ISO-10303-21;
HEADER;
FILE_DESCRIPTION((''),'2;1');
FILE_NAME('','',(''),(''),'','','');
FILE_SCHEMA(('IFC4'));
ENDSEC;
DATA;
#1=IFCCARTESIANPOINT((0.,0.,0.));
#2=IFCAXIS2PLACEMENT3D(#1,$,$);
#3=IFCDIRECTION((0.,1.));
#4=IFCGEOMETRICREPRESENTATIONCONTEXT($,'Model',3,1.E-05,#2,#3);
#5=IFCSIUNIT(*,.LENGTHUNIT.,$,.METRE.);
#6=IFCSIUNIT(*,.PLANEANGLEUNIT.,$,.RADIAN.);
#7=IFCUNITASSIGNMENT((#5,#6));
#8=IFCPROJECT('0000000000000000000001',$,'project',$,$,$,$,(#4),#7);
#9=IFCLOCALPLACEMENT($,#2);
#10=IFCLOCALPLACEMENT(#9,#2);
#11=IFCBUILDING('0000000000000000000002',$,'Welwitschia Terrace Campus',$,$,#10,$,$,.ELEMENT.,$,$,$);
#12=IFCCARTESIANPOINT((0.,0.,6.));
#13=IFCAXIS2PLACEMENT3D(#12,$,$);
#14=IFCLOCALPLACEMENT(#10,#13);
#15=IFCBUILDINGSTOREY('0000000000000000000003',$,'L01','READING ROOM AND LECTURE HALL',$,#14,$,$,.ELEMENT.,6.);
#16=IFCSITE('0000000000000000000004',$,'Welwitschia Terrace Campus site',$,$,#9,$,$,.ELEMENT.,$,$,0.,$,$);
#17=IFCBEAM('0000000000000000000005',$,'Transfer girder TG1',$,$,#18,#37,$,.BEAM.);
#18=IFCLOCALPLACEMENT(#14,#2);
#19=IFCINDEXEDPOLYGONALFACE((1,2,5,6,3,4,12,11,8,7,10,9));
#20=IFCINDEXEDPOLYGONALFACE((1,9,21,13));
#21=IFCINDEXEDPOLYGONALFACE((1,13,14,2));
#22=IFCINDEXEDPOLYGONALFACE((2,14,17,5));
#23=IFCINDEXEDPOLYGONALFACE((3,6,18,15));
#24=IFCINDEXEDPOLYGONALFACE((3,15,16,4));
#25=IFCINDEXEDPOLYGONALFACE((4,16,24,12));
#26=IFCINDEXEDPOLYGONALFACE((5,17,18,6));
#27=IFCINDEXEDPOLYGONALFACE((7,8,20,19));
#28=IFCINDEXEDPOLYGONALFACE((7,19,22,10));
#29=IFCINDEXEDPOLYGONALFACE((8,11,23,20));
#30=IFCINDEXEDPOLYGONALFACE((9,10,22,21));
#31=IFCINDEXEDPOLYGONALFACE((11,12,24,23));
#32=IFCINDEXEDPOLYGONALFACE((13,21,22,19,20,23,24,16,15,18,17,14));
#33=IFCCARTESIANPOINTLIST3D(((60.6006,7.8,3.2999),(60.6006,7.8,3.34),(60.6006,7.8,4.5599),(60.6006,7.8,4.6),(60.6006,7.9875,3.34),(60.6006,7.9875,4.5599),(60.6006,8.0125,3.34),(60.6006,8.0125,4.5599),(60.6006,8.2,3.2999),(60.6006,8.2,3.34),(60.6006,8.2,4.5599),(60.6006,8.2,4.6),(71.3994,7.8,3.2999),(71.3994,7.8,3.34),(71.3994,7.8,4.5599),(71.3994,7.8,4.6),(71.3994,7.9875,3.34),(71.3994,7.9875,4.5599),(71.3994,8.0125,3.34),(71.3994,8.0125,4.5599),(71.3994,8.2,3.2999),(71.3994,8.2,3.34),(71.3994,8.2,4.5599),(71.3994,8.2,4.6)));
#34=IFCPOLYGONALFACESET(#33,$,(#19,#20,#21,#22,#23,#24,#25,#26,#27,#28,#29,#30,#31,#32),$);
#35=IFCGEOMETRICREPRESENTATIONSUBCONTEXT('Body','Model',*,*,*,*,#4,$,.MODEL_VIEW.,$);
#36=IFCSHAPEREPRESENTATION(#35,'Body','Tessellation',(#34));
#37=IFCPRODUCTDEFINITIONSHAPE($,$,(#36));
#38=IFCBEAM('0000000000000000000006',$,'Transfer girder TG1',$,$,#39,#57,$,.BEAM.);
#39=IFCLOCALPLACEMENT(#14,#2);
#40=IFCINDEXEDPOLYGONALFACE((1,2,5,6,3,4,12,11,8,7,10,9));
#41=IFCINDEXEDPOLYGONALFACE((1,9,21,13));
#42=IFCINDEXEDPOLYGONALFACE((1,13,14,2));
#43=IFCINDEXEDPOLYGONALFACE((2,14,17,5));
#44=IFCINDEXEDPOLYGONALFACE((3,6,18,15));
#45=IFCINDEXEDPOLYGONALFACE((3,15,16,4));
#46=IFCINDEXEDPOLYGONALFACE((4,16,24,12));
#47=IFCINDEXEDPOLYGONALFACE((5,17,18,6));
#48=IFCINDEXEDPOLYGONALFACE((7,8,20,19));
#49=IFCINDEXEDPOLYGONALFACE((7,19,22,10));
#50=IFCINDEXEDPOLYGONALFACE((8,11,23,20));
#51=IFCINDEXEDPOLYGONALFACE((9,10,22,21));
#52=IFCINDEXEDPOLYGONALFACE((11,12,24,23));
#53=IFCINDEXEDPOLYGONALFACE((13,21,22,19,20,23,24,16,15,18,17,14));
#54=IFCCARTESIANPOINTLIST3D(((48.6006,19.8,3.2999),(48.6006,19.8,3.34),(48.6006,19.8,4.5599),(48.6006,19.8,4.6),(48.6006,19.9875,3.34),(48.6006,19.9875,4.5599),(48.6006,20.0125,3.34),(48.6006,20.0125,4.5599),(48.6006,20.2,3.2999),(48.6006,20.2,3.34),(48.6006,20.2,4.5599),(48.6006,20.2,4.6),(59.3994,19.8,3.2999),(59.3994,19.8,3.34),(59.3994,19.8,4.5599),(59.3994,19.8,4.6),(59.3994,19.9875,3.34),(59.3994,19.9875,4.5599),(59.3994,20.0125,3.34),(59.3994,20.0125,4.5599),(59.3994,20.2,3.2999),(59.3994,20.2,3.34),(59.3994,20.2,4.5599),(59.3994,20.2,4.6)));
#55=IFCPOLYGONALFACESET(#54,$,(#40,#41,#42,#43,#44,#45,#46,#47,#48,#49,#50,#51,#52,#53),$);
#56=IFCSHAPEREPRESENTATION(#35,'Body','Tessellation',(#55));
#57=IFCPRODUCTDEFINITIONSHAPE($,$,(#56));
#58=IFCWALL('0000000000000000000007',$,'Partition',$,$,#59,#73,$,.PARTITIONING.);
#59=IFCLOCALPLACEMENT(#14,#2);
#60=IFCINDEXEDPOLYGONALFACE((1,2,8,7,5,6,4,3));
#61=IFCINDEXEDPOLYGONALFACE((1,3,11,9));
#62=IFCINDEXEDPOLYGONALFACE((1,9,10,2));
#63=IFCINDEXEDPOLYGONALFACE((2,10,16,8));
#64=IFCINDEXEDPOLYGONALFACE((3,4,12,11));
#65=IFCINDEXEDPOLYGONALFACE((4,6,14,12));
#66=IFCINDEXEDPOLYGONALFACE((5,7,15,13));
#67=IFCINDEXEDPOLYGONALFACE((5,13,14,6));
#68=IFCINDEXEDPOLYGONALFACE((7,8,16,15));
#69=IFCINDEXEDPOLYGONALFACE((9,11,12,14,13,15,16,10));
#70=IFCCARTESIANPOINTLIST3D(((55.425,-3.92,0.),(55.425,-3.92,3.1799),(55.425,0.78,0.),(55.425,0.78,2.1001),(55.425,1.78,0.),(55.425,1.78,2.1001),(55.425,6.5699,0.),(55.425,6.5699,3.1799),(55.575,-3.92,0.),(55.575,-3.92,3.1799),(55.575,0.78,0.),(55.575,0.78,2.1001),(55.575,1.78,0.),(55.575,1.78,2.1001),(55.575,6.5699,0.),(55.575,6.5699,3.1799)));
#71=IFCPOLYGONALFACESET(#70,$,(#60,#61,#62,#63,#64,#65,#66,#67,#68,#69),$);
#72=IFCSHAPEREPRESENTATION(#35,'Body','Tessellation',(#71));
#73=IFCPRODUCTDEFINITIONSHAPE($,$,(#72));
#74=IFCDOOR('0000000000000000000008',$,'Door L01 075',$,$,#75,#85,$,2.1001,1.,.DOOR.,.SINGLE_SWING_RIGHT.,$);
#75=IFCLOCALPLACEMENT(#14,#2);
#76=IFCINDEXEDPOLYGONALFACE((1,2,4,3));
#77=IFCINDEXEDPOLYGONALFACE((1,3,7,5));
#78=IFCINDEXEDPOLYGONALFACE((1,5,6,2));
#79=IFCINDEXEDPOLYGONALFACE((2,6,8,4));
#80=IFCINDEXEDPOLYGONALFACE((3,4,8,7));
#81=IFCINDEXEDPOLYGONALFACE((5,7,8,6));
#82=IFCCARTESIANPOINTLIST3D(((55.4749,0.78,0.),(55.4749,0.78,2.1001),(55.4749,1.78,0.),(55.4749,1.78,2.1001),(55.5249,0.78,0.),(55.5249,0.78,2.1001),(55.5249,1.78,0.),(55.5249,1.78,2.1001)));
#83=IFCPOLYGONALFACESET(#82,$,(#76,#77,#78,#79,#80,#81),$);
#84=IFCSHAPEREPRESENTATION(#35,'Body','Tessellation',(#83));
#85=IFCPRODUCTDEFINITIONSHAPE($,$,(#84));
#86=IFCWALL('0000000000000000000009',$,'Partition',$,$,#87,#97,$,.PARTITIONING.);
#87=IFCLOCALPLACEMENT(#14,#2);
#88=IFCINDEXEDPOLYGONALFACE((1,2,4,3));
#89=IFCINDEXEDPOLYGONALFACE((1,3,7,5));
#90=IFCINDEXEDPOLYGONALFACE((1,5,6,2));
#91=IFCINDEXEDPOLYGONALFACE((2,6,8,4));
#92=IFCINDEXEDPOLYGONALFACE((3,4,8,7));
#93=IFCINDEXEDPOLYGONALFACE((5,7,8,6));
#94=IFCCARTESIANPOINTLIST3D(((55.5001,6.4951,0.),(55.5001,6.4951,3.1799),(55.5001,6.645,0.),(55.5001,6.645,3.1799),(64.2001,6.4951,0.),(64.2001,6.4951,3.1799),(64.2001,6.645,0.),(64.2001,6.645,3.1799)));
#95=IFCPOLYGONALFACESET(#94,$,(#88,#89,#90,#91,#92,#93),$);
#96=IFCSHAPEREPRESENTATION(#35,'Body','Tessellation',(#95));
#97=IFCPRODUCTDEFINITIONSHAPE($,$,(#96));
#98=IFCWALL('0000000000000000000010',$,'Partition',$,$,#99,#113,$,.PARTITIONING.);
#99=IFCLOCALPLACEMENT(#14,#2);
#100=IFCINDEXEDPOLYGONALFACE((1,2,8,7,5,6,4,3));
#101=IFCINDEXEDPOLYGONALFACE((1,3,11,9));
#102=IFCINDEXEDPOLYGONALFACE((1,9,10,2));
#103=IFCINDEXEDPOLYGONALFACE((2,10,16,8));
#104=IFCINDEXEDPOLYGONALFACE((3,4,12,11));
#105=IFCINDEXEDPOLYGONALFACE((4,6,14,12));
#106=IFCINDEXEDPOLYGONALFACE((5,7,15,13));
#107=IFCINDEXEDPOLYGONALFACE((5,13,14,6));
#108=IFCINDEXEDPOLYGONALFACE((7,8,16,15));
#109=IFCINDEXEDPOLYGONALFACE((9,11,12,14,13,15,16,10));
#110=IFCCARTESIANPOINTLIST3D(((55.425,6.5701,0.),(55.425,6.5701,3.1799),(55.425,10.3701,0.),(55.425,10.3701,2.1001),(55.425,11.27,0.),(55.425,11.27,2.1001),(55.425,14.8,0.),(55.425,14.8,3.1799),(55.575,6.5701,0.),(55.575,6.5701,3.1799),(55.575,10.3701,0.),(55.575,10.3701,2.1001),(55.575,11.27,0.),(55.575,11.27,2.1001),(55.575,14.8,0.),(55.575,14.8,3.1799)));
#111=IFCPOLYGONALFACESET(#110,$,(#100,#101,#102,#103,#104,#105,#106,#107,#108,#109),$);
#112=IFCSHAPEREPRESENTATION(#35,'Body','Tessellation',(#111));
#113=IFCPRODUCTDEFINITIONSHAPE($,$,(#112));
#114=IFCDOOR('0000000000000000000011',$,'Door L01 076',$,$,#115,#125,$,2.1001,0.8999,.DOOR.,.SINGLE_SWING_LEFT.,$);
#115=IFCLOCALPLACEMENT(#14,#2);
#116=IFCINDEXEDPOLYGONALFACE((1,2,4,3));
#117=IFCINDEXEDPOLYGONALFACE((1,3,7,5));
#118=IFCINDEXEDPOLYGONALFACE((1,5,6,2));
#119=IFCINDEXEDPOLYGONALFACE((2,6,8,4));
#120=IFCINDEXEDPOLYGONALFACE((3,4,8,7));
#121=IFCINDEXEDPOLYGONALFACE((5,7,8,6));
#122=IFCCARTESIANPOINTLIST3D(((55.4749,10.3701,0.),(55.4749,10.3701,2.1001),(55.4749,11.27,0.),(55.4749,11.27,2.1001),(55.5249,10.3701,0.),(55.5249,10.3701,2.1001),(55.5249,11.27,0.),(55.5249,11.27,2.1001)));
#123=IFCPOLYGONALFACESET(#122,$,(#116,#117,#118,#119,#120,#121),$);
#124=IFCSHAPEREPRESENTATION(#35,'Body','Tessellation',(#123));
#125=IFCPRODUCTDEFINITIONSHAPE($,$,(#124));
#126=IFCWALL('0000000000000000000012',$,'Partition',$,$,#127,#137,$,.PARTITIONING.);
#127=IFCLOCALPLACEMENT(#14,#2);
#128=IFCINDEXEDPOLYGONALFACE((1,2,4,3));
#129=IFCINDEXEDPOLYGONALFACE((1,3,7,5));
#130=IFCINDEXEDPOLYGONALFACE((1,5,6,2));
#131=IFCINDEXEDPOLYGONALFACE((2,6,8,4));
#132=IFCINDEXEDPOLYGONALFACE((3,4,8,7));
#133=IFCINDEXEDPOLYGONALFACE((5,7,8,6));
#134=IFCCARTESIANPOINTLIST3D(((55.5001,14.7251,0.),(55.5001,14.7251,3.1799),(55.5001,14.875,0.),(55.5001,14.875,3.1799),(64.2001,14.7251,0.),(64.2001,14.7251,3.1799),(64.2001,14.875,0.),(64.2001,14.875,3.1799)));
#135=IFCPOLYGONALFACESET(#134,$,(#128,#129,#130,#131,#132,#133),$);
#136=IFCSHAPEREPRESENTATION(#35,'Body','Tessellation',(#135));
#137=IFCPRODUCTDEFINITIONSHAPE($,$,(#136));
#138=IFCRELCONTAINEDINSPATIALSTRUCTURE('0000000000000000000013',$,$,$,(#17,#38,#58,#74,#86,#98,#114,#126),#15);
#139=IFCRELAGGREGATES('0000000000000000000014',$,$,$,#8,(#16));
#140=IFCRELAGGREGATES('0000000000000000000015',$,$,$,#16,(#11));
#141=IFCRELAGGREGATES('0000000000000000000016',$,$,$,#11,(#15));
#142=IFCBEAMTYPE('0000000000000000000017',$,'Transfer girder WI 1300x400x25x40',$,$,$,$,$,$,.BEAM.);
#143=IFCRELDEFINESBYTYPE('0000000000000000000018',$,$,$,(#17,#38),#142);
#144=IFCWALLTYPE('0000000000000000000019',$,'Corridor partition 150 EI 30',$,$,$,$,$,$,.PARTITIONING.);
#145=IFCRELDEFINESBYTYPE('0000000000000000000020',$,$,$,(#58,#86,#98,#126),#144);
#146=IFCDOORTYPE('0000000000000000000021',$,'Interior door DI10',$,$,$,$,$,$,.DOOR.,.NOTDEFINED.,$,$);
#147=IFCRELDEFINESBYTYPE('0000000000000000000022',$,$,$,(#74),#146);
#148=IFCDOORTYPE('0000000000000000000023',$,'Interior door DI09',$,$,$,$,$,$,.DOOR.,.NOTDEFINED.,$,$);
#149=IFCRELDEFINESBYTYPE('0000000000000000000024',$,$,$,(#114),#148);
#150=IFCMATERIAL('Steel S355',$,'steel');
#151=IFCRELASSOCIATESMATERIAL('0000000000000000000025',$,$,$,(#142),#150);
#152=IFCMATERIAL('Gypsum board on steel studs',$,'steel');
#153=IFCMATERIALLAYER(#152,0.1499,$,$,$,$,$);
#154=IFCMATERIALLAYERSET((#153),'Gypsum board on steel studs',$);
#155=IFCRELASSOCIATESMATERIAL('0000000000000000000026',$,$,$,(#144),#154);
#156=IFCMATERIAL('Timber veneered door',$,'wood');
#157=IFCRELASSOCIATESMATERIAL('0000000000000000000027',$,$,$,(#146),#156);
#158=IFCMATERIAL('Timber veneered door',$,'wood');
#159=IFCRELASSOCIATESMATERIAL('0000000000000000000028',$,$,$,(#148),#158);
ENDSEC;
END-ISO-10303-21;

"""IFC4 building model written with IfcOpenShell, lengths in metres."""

from ifc_helpers import new_model, si_unit, direction, frame, frame_2d, origin, origin_2d, place, context, subcontext, project, spatial, rectangle, i_section, extrude, material, layer, layer_set, material_profile, profile_set, type_object, element, fill, save


model = new_model("IFC4")

# Units and contexts
model_context = context("Model", 3, precision=1e-05, world=origin(), true_north=direction((0.0, 1.0)))
body_context = subcontext(model_context, "Body", "Model", "MODEL_VIEW")
ifc_project = project(units=[si_unit("LENGTHUNIT", "METRE"), si_unit("PLANEANGLEUNIT", "RADIAN")], contexts=[model_context])

# Site, building, storey
site_placement = place(None, origin())
site = spatial("IfcSite", under=ifc_project, at=site_placement, Name="Welwitschia Terrace Campus site", CompositionType="ELEMENT", RefElevation=0.0)
building_placement = place(site_placement, origin())
building = spatial("IfcBuilding", under=site, at=building_placement, Name="Welwitschia Terrace Campus", CompositionType="ELEMENT")
storey_placement = place(building_placement, frame((0.0, 0.0, 6.0)))
storey = spatial("IfcBuildingStorey", under=building, at=storey_placement, Name="L01", Description="READING ROOM AND LECTURE HALL", CompositionType="ELEMENT", Elevation=6.0)

# Beams
ifc_material_1 = material(Name="Steel S355", Category="steel")
ifc_material_profile_1 = material_profile(ifc_material_1, i_section(OverallWidth=0.3999, OverallDepth=1.3, WebThickness=0.0249, FlangeThickness=0.04, at=origin_2d()))
ifc_profile_set_1 = profile_set([ifc_material_profile_1], Name="Steel S355")
beam_type_1 = type_object("IfcBeamType", Name="Transfer girder WI 1300x400x25x40", PredefinedType="BEAM", material=ifc_profile_set_1)
for number, where, z_axis, x_axis, name in (
    (1, (60.6006, 8.0, 3.95), (1.0, 0.0, 0.0), (0.0, 1.0, 0.0), "Transfer girder TG1"),
    (2, (48.6006, 20.0, 3.95), (1.0, 0.0, 0.0), (0.0, 1.0, 0.0), "Transfer girder TG1"),
):
    element("IfcBeam", number, at=place(storey_placement, frame(where, z_axis=z_axis, x_axis=x_axis)), inside=storey, type_object=beam_type_1, Name=name, PredefinedType="BEAM", context=body_context, shape_type="SweptSolid", body=[
        extrude(i_section(OverallWidth=0.3999, OverallDepth=1.3, WebThickness=0.0249, FlangeThickness=0.04, at=origin_2d()), origin(), (0.0, 0.0, 1.0), 10.7988),
    ])

# Wall, opening, door
ifc_material_2 = material(Name="Gypsum board on steel studs", Category="steel")
ifc_layer = layer(ifc_material_2, 0.1499)
ifc_layer_set = layer_set([ifc_layer], Name="Gypsum board on steel studs")
wall_type = type_object("IfcWallType", Name="Corridor partition 150 EI 30", PredefinedType="PARTITIONING", material=ifc_layer_set)
wall_1_placement = place(storey_placement, frame((55.5, 6.5701, 0.0), z_axis=(0.0, 0.0, 1.0), x_axis=(0.0, -1.0, 0.0)))
wall_1 = element("IfcWall", 3, at=wall_1_placement, inside=storey, type_object=wall_type, Name="Partition", PredefinedType="PARTITIONING", context=body_context, shape_type="SweptSolid", body=[
    extrude(rectangle(XDim=10.49, YDim=0.1499, at=frame_2d((5.2451, 0.0))), origin(), (0.0, 0.0, 1.0), 3.1799),
])
opening_1_placement = place(wall_1_placement, frame((4.79, 0.0, 0.0)))
opening_1 = element("IfcOpeningElement", 4, at=opening_1_placement, cuts=wall_1, PredefinedType="OPENING", context=body_context, shape_type="SweptSolid", body=[
    extrude(rectangle(XDim=1.0, YDim=2.1001, at=frame_2d((0.5, 1.05))), frame((0.0, 0.085, 0.0), z_axis=(0.0, -1.0, 0.0), x_axis=(1.0, 0.0, 0.0)), (0.0, 0.0, 1.0), 0.1699),
])
ifc_material_3 = material(Name="Timber veneered door", Category="wood")
door_type_1 = type_object("IfcDoorType", Name="Interior door DI10", OperationType="NOTDEFINED", PredefinedType="DOOR", material=ifc_material_3)
door_1_placement = place(opening_1_placement, origin())
door_1 = element("IfcDoor", 5, at=door_1_placement, inside=storey, type_object=door_type_1, Name="Door L01 075", OperationType="SINGLE_SWING_RIGHT", OverallHeight=2.1001, OverallWidth=1.0, PredefinedType="DOOR", context=body_context, shape_type="SweptSolid", body=[
    extrude(rectangle(XDim=1.0, YDim=2.1001, at=frame_2d((0.5, 1.05))), frame((0.0, 0.0249, 0.0), z_axis=(0.0, -1.0, 0.0), x_axis=(1.0, 0.0, 0.0)), (0.0, 0.0, 1.0), 0.05),
])
fill(opening_1, door_1)

# Wall
wall_2_placement = place(storey_placement, frame((55.5, 6.5701, 0.0), z_axis=(0.0, 0.0, 1.0), x_axis=(1.0, 0.0, 0.0)))
element("IfcWall", 6, at=wall_2_placement, inside=storey, type_object=wall_type, Name="Partition", PredefinedType="PARTITIONING", context=body_context, shape_type="SweptSolid", body=[
    extrude(rectangle(XDim=8.7, YDim=0.1499, at=frame_2d((4.3501, 0.0))), origin(), (0.0, 0.0, 1.0), 3.1799),
])

# Wall, opening, door
wall_3_placement = place(storey_placement, frame((55.5, 14.8, 0.0), z_axis=(0.0, 0.0, 1.0), x_axis=(0.0, -1.0, 0.0)))
wall_3 = element("IfcWall", 7, at=wall_3_placement, inside=storey, type_object=wall_type, Name="Partition", PredefinedType="PARTITIONING", context=body_context, shape_type="SweptSolid", body=[
    extrude(rectangle(XDim=8.23, YDim=0.1499, at=frame_2d((4.115, 0.0))), origin(), (0.0, 0.0, 1.0), 3.1799),
])
opening_2_placement = place(wall_3_placement, frame((3.53, 0.0, 0.0)))
opening_2 = element("IfcOpeningElement", 8, at=opening_2_placement, cuts=wall_3, PredefinedType="OPENING", context=body_context, shape_type="SweptSolid", body=[
    extrude(rectangle(XDim=0.8999, YDim=2.1001, at=frame_2d((0.45, 1.05))), frame((0.0, 0.085, 0.0), z_axis=(0.0, -1.0, 0.0), x_axis=(1.0, 0.0, 0.0)), (0.0, 0.0, 1.0), 0.1699),
])
ifc_material_4 = material(Name="Timber veneered door", Category="wood")
door_type_2 = type_object("IfcDoorType", Name="Interior door DI09", OperationType="NOTDEFINED", PredefinedType="DOOR", material=ifc_material_4)
door_2_placement = place(opening_2_placement, origin())
door_2 = element("IfcDoor", 9, at=door_2_placement, inside=storey, type_object=door_type_2, Name="Door L01 076", OperationType="SINGLE_SWING_LEFT", OverallHeight=2.1001, OverallWidth=0.8999, PredefinedType="DOOR", context=body_context, shape_type="SweptSolid", body=[
    extrude(rectangle(XDim=0.8999, YDim=2.1001, at=frame_2d((0.45, 1.05))), frame((0.0, 0.0249, 0.0), z_axis=(0.0, -1.0, 0.0), x_axis=(1.0, 0.0, 0.0)), (0.0, 0.0, 1.0), 0.05),
])
fill(opening_2, door_2)

# Wall
wall_4_placement = place(storey_placement, frame((55.5, 14.8, 0.0), z_axis=(0.0, 0.0, 1.0), x_axis=(1.0, 0.0, 0.0)))
element("IfcWall", 10, at=wall_4_placement, inside=storey, type_object=wall_type, Name="Partition", PredefinedType="PARTITIONING", context=body_context, shape_type="SweptSolid", body=[
    extrude(rectangle(XDim=8.7, YDim=0.1499, at=frame_2d((4.3501, 0.0))), origin(), (0.0, 0.0, 1.0), 3.1799),
])

save(model, "model.ifc")
